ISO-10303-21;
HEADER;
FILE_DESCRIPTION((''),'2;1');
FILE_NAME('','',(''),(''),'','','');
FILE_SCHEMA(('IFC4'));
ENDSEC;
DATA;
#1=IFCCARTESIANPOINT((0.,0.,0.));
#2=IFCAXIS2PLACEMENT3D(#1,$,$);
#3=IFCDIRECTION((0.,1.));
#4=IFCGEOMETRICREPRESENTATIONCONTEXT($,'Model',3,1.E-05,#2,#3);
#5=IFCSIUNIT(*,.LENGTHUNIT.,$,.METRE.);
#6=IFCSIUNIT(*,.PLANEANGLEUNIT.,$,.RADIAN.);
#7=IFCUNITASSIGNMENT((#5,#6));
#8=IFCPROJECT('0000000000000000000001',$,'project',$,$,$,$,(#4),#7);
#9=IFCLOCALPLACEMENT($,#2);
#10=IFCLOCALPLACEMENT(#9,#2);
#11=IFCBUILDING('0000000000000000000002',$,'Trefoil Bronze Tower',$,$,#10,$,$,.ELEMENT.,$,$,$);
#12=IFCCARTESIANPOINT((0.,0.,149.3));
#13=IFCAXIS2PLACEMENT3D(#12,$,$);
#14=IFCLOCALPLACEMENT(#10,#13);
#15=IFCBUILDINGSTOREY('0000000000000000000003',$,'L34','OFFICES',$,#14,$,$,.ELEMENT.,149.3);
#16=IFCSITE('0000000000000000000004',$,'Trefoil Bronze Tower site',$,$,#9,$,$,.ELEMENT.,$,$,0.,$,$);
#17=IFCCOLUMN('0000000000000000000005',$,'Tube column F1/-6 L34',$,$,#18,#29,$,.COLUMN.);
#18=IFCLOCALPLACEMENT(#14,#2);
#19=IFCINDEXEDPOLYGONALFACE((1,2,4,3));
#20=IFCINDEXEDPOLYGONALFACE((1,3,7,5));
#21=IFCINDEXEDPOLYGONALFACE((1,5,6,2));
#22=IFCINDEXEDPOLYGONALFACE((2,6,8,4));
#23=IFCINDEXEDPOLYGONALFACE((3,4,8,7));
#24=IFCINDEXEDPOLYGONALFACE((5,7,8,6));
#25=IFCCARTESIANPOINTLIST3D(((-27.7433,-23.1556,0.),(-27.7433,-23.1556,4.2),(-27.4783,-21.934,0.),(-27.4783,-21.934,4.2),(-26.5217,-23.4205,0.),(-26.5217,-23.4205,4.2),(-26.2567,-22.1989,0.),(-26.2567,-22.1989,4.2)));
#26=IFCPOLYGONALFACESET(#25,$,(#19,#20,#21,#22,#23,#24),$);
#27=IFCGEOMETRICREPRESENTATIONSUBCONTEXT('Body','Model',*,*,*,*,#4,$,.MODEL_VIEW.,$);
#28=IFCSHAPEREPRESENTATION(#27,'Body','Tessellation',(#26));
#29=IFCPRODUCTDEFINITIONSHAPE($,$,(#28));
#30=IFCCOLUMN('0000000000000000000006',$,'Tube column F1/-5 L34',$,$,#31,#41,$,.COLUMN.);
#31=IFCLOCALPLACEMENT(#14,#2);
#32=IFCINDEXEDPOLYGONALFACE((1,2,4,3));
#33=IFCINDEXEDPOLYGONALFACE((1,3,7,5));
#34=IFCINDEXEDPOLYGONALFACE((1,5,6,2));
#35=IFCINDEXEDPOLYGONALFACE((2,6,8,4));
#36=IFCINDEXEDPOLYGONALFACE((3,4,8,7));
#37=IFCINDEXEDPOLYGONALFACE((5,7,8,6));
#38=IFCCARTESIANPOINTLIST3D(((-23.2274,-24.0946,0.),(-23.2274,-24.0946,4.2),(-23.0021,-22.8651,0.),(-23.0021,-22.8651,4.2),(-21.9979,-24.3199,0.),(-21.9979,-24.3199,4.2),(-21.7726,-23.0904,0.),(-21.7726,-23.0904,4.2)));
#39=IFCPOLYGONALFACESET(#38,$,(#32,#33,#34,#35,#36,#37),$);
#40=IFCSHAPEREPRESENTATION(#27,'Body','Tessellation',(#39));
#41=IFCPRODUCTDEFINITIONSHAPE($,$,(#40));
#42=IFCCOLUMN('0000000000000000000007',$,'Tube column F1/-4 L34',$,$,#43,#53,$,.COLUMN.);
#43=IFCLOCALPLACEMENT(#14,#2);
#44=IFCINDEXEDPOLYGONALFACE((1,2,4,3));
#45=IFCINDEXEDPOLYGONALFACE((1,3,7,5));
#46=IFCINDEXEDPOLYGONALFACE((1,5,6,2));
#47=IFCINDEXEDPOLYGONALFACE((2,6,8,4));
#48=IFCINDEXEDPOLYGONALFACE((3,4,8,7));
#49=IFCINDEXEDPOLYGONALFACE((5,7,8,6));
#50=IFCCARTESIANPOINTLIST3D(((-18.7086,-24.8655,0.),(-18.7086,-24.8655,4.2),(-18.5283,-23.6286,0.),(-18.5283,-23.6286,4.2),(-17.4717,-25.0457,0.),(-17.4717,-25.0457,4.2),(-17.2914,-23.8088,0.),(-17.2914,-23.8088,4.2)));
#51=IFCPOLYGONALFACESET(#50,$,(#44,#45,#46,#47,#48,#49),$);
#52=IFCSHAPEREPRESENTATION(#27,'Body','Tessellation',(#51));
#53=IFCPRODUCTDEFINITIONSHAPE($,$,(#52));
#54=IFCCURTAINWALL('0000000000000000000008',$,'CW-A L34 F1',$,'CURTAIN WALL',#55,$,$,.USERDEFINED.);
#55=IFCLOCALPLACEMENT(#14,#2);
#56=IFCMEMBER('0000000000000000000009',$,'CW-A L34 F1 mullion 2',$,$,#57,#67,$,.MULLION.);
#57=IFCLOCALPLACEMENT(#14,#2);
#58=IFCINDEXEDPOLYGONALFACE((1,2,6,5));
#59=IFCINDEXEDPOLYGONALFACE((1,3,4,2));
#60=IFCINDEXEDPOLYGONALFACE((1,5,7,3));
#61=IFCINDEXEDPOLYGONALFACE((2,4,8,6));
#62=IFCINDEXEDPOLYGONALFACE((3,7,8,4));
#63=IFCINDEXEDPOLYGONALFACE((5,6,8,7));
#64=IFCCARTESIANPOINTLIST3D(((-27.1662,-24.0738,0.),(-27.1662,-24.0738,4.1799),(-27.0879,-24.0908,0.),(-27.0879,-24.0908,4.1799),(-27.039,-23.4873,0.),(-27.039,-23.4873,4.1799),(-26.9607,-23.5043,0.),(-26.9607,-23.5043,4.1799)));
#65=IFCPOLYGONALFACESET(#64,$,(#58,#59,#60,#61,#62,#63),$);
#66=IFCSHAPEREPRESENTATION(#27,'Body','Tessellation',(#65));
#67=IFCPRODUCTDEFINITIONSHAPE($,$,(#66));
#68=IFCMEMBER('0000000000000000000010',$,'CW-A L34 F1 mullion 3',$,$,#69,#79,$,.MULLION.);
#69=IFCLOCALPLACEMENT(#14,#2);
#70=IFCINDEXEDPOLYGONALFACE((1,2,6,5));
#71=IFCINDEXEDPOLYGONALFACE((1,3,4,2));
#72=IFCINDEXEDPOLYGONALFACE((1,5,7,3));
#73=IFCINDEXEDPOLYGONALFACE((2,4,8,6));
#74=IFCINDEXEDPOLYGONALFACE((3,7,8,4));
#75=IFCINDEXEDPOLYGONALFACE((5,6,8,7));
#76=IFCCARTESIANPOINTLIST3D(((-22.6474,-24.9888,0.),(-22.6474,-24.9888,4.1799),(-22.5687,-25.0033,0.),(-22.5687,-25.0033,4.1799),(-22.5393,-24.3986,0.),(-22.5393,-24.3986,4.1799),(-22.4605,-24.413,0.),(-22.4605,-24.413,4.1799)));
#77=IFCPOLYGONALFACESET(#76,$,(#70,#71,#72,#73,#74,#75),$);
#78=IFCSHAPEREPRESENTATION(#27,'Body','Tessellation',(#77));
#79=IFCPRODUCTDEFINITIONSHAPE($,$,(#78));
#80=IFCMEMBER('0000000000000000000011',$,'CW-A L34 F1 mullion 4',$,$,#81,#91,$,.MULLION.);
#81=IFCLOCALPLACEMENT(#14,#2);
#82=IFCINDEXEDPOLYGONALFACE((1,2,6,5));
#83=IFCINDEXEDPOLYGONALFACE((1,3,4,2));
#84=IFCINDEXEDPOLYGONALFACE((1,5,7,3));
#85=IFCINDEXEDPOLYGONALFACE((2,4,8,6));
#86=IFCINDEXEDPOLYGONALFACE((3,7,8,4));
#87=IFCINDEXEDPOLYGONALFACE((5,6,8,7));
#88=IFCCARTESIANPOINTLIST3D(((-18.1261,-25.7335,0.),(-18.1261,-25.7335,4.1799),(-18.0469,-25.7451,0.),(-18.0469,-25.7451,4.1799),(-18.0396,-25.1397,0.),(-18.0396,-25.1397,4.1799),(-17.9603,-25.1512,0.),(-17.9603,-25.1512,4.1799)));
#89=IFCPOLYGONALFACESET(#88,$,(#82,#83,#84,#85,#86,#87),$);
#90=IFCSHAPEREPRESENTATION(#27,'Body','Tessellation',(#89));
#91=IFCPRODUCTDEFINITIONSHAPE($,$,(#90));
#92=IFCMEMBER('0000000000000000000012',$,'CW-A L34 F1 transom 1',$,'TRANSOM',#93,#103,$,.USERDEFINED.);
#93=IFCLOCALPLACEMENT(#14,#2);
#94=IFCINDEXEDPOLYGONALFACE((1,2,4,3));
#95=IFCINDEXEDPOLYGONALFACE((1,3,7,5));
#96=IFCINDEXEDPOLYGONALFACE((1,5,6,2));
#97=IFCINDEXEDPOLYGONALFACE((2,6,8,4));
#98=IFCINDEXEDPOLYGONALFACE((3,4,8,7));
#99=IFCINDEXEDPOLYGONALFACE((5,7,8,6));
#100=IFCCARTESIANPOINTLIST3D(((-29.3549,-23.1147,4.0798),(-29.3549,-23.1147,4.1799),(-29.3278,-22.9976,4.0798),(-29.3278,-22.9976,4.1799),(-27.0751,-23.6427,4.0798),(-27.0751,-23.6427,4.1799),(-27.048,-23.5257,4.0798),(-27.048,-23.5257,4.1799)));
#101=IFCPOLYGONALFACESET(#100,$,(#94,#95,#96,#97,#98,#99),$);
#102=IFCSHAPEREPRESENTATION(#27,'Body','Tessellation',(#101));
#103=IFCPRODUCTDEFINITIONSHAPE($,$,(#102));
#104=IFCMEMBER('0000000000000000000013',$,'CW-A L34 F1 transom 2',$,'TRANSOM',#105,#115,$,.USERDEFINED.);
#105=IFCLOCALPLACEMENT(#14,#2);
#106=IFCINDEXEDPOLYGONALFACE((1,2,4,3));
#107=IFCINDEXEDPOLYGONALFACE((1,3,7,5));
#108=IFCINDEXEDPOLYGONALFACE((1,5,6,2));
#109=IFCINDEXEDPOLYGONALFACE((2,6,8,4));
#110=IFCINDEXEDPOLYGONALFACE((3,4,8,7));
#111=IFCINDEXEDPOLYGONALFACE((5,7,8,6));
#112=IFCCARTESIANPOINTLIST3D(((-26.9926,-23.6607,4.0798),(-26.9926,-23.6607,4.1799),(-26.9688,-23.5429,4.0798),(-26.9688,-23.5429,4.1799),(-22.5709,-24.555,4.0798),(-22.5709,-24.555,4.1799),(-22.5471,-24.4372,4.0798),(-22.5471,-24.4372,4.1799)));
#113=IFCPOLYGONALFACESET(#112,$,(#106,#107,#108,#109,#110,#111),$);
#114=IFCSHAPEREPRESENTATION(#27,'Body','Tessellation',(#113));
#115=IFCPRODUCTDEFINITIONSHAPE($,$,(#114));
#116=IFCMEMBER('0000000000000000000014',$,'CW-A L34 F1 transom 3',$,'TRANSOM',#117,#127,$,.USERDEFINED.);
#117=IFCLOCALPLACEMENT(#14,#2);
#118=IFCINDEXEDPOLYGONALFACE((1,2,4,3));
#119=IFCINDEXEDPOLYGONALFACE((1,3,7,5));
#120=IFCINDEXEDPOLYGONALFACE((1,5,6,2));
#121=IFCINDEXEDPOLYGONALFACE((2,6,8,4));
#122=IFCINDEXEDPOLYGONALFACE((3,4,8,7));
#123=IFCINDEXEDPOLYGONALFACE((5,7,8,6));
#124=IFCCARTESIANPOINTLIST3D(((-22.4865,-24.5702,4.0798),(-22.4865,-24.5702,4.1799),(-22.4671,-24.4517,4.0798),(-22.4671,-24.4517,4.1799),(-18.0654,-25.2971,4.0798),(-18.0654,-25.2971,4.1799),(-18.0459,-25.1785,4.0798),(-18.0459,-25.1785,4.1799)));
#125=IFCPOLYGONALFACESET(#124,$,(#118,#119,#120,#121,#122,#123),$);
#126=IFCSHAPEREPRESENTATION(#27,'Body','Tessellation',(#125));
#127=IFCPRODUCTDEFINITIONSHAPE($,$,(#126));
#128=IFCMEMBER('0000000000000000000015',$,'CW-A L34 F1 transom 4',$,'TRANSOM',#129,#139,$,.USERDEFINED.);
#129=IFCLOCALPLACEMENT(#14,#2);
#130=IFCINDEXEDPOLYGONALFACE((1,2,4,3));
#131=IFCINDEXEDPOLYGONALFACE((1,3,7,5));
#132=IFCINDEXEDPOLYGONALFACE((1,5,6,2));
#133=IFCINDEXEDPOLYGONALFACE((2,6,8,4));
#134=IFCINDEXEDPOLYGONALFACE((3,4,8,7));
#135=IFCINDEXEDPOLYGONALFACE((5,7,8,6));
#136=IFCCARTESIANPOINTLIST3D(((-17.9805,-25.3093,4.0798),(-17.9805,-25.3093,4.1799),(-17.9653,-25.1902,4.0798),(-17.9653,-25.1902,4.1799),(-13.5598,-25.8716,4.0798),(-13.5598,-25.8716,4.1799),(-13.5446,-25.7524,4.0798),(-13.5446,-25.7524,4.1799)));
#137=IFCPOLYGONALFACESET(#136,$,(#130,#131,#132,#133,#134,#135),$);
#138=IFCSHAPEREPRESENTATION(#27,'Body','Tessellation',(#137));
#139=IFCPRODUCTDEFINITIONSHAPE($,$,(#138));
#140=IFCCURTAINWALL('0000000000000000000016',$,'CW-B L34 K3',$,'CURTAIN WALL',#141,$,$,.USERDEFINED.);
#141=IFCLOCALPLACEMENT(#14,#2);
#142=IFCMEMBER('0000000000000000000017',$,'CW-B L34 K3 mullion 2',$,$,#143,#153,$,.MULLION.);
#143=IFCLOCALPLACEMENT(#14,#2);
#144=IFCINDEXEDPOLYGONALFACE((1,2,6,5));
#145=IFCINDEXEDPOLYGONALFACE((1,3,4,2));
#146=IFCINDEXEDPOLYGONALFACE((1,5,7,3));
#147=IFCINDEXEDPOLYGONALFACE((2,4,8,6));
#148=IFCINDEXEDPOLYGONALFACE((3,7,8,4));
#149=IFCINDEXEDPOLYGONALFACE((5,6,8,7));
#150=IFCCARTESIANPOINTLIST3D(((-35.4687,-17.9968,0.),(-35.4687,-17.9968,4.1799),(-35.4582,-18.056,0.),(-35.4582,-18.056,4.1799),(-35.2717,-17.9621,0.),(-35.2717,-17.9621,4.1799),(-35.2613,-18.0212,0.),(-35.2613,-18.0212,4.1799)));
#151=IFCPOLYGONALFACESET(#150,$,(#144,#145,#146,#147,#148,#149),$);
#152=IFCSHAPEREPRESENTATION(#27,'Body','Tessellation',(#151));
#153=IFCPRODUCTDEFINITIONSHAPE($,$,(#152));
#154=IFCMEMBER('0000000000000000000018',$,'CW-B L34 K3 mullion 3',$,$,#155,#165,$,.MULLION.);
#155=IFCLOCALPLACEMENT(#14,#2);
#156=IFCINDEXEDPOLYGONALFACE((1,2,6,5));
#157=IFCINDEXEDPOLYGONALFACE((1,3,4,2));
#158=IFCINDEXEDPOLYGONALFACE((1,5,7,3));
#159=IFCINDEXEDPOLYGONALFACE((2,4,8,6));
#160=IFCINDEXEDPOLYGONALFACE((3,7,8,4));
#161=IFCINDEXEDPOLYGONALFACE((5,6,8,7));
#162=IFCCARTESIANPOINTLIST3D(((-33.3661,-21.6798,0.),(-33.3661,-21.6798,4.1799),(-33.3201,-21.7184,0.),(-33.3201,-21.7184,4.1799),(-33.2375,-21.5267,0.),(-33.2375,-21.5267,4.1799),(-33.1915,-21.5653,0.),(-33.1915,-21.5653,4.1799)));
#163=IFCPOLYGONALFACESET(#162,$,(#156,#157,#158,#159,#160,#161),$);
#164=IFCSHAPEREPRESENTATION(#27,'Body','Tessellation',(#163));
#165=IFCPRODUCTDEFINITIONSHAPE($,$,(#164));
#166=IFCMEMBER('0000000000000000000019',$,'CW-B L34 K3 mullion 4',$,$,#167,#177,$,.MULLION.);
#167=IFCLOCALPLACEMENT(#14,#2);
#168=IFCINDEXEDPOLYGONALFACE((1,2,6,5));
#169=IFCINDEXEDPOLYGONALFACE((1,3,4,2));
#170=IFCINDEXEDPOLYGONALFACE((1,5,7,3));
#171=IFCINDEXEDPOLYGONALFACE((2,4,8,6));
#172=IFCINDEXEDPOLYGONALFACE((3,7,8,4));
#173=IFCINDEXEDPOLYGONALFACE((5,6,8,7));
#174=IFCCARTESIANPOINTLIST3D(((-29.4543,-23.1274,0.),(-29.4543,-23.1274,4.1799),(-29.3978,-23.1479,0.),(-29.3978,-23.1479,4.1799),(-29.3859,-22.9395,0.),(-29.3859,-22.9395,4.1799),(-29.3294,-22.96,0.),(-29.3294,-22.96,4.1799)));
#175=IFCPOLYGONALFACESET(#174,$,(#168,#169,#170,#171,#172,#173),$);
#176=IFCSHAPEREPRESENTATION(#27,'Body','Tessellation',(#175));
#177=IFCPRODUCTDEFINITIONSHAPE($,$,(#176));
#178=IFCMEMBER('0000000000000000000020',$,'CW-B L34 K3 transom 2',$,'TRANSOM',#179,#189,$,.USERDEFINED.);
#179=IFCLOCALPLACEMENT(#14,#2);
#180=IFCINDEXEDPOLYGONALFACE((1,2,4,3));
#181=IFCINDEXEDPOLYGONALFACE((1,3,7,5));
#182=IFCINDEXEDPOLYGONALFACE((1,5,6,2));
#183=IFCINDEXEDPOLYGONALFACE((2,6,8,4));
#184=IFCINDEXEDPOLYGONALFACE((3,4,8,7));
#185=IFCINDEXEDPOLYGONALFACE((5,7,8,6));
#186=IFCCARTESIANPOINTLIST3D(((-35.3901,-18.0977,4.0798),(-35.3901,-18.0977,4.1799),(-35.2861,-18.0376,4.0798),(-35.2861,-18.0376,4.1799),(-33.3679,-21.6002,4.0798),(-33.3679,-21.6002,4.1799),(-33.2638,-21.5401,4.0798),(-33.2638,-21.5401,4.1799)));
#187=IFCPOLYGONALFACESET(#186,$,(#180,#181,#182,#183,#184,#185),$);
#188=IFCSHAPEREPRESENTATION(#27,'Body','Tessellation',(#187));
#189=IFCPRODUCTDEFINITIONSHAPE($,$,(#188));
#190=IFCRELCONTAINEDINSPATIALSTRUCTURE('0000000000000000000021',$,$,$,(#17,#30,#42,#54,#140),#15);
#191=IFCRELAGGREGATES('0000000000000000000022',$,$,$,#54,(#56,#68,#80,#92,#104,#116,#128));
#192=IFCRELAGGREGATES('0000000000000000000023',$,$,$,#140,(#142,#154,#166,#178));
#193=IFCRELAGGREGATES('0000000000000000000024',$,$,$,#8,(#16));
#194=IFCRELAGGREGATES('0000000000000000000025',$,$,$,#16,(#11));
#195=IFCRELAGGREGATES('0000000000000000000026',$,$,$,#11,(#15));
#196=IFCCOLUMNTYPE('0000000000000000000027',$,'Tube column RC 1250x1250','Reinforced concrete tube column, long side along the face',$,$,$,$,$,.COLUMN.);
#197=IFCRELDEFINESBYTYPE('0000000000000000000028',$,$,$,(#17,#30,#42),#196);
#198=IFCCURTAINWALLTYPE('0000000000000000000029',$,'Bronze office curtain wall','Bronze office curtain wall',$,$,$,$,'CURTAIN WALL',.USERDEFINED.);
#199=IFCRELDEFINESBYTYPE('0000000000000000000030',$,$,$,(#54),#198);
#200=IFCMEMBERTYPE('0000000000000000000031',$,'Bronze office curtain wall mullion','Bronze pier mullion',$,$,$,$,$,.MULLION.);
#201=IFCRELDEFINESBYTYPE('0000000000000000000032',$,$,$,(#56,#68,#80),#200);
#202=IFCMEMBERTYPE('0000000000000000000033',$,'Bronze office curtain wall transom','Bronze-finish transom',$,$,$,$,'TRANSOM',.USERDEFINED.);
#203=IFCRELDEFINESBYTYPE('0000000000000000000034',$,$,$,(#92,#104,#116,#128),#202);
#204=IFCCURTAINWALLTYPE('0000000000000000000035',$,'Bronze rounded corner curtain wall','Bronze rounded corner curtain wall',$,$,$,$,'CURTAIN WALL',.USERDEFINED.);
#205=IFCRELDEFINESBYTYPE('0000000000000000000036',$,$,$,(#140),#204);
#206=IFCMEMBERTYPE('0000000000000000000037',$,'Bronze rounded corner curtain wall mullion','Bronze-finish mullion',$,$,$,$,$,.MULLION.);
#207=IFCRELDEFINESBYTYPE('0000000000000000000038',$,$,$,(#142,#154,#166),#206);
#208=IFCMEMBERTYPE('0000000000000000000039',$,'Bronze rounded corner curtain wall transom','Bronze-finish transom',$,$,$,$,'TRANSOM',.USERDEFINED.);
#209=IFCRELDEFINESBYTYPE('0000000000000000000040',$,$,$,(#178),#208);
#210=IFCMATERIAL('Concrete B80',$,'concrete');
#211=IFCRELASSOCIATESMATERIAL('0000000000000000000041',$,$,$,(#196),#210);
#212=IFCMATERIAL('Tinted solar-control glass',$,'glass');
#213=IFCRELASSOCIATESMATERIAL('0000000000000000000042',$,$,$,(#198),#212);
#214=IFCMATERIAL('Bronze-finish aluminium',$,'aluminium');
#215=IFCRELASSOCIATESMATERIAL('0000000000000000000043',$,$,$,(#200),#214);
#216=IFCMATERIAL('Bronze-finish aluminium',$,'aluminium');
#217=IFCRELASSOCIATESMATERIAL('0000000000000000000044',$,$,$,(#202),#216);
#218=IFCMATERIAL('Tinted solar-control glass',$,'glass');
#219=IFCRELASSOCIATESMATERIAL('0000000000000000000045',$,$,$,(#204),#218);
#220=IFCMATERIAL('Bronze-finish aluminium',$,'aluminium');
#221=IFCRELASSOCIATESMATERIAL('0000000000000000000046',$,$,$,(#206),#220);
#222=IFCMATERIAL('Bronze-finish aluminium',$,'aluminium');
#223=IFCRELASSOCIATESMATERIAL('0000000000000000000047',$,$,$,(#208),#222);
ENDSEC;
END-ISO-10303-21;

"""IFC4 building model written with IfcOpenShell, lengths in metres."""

from ifc_helpers import new_model, si_unit, direction, frame, origin, origin_2d, place, context, subcontext, project, spatial, rectangle, extrude, material, material_profile, profile_set, type_object, element, aggregate, save


model = new_model("IFC4")

# Units and contexts
model_context = context("Model", 3, precision=1e-05, world=origin(), true_north=direction((0.0, 1.0)))
body_context = subcontext(model_context, "Body", "Model", "MODEL_VIEW")
ifc_project = project(units=[si_unit("LENGTHUNIT", "METRE"), si_unit("PLANEANGLEUNIT", "RADIAN")], contexts=[model_context])

# Site, building, storey
site_placement = place(None, origin())
site = spatial("IfcSite", under=ifc_project, at=site_placement, Name="Trefoil Bronze Tower site", CompositionType="ELEMENT", RefElevation=0.0)
building_placement = place(site_placement, origin())
building = spatial("IfcBuilding", under=site, at=building_placement, Name="Trefoil Bronze Tower", CompositionType="ELEMENT")
storey_placement = place(building_placement, frame((0.0, 0.0, 149.3)))
storey = spatial("IfcBuildingStorey", under=building, at=storey_placement, Name="L34", Description="OFFICES", CompositionType="ELEMENT", Elevation=149.3)

# Columns
ifc_material_1 = material(Name="Concrete B80", Category="concrete")
ifc_material_profile_1 = material_profile(ifc_material_1, rectangle(XDim=1.25, YDim=1.25, at=origin_2d()), Name="RC 1250x1250")
ifc_profile_set_1 = profile_set([ifc_material_profile_1], Name="Concrete B80")
column_type = type_object("IfcColumnType", Name="Tube column RC 1250x1250", Description="Reinforced concrete tube column, long side along the face", PredefinedType="COLUMN", material=ifc_profile_set_1)
for number, where, z_axis, x_axis, name in (
    (1, (-27.0, -22.6772, 0.0), (0.0, 0.0, 1.0), (0.977276, -0.21197, 0.0), "Tube column F1/-6 L34"),
    (2, (-22.5, -23.5925, 0.0), (0.0, 0.0, 1.0), (0.983623, -0.180241, 0.0), "Tube column F1/-5 L34"),
    (3, (-18.0, -24.3372, 0.0), (0.0, 0.0, 1.0), (0.98955, -0.144192, 0.0), "Tube column F1/-4 L34"),
):
    element("IfcColumn", number, at=place(storey_placement, frame(where, z_axis=z_axis, x_axis=x_axis)), inside=storey, type_object=column_type, Name=name, PredefinedType="COLUMN", context=body_context, shape_type="SweptSolid", body=[
        extrude(rectangle(XDim=1.25, YDim=1.25, at=origin_2d()), origin(), (0.0, 0.0, 1.0), 4.2),
    ])

# Curtain walls, members
ifc_material_2 = material(Name="Tinted solar-control glass", Category="glass")
curtain_wall_type_1 = type_object("IfcCurtainWallType", Name="Bronze office curtain wall", Description="Bronze office curtain wall", ElementType="CURTAIN WALL", PredefinedType="USERDEFINED", material=ifc_material_2)
curtain_wall_1_placement = place(storey_placement, origin())
curtain_wall_1 = element("IfcCurtainWall", 4, at=curtain_wall_1_placement, inside=storey, type_object=curtain_wall_type_1, Name="CW-A L34 F1", ObjectType="CURTAIN WALL", PredefinedType="USERDEFINED")
ifc_material_3 = material(Name="Bronze-finish aluminium", Category="aluminium")
ifc_material_profile_2 = material_profile(ifc_material_3, rectangle(XDim=0.6001, YDim=0.0801, at=origin_2d()), Name="CW-A mullion")
ifc_profile_set_2 = profile_set([ifc_material_profile_2], Name="Bronze-finish aluminium")
member_type_1 = type_object("IfcMemberType", Name="Bronze office curtain wall mullion", Description="Bronze pier mullion", PredefinedType="MULLION", material=ifc_profile_set_2)
member_1_placement = place(storey_placement, frame((-27.0635, -23.7891, 0.0), z_axis=(0.0, 0.0, 1.0), x_axis=(0.21197, 0.977276, 0.0)))
member_1 = element("IfcMember", 5, at=member_1_placement, type_object=member_type_1, Name="CW-A L34 F1 mullion 2", PredefinedType="MULLION", context=body_context, shape_type="SweptSolid", body=[
    extrude(rectangle(XDim=0.6001, YDim=0.0801, at=origin_2d()), origin(), (0.0, 0.0, 1.0), 4.1799),
])
member_2_placement = place(storey_placement, frame((-22.554, -24.7009, 0.0), z_axis=(0.0, 0.0, 1.0), x_axis=(0.180241, 0.983623, 0.0)))
member_2 = element("IfcMember", 6, at=member_2_placement, type_object=member_type_1, Name="CW-A L34 F1 mullion 3", PredefinedType="MULLION", context=body_context, shape_type="SweptSolid", body=[
    extrude(rectangle(XDim=0.6001, YDim=0.0801, at=origin_2d()), origin(), (0.0, 0.0, 1.0), 4.1799),
])
member_3_placement = place(storey_placement, frame((-18.0432, -25.4424, 0.0), z_axis=(0.0, 0.0, 1.0), x_axis=(0.144192, 0.98955, 0.0)))
member_3 = element("IfcMember", 7, at=member_3_placement, type_object=member_type_1, Name="CW-A L34 F1 mullion 4", PredefinedType="MULLION", context=body_context, shape_type="SweptSolid", body=[
    extrude(rectangle(XDim=0.6001, YDim=0.0801, at=origin_2d()), origin(), (0.0, 0.0, 1.0), 4.1799),
])
ifc_material_4 = material(Name="Bronze-finish aluminium", Category="aluminium")
ifc_material_profile_3 = material_profile(ifc_material_4, rectangle(XDim=0.1201, YDim=0.1001, at=origin_2d()), Name="CW-A transom")
ifc_profile_set_3 = profile_set([ifc_material_profile_3], Name="Bronze-finish aluminium")
member_type_2 = type_object("IfcMemberType", Name="Bronze office curtain wall transom", Description="Bronze-finish transom", ElementType="TRANSOM", PredefinedType="USERDEFINED", material=ifc_profile_set_3)
member_4_placement = place(storey_placement, frame((-29.3413, -23.0562, 4.1299), z_axis=(0.974206, -0.225659, 0.0), x_axis=(0.225659, 0.974206, 0.0)))
member_4 = element("IfcMember", 8, at=member_4_placement, type_object=member_type_2, Name="CW-A L34 F1 transom 1", ObjectType="TRANSOM", PredefinedType="USERDEFINED", context=body_context, shape_type="SweptSolid", body=[
    extrude(rectangle(XDim=0.1201, YDim=0.1001, at=origin_2d()), origin(), (0.0, 0.0, 1.0), 2.3401),
])
member_5_placement = place(storey_placement, frame((-26.9807, -23.6018, 4.1299), z_axis=(0.980154, -0.198239, 0.0), x_axis=(0.198239, 0.980154, 0.0)))
member_5 = element("IfcMember", 9, at=member_5_placement, type_object=member_type_2, Name="CW-A L34 F1 transom 2", ObjectType="TRANSOM", PredefinedType="USERDEFINED", context=body_context, shape_type="SweptSolid", body=[
    extrude(rectangle(XDim=0.1201, YDim=0.1001, at=origin_2d()), origin(), (0.0, 0.0, 1.0), 4.5112),
])
member_6_placement = place(storey_placement, frame((-22.4768, -24.511, 4.1299), z_axis=(0.986755, -0.162216, 0.0), x_axis=(0.162216, 0.986755, 0.0)))
member_6 = element("IfcMember", 10, at=member_6_placement, type_object=member_type_2, Name="CW-A L34 F1 transom 3", ObjectType="TRANSOM", PredefinedType="USERDEFINED", context=body_context, shape_type="SweptSolid", body=[
    extrude(rectangle(XDim=0.1201, YDim=0.1001, at=origin_2d()), origin(), (0.0, 0.0, 1.0), 4.4805),
])
member_7_placement = place(storey_placement, frame((-17.9729, -25.2498, 4.1299), z_axis=(0.992008, -0.126172, 0.0), x_axis=(0.126172, 0.992008, 0.0)))
member_7 = element("IfcMember", 11, at=member_7_placement, type_object=member_type_2, Name="CW-A L34 F1 transom 4", ObjectType="TRANSOM", PredefinedType="USERDEFINED", context=body_context, shape_type="SweptSolid", body=[
    extrude(rectangle(XDim=0.1201, YDim=0.1001, at=origin_2d()), origin(), (0.0, 0.0, 1.0), 4.4563),
])
ifc_material_5 = material(Name="Tinted solar-control glass", Category="glass")
curtain_wall_type_2 = type_object("IfcCurtainWallType", Name="Bronze rounded corner curtain wall", Description="Bronze rounded corner curtain wall", ElementType="CURTAIN WALL", PredefinedType="USERDEFINED", material=ifc_material_5)
curtain_wall_2_placement = place(storey_placement, origin())
curtain_wall_2 = element("IfcCurtainWall", 12, at=curtain_wall_2_placement, inside=storey, type_object=curtain_wall_type_2, Name="CW-B L34 K3", ObjectType="CURTAIN WALL", PredefinedType="USERDEFINED")
ifc_material_6 = material(Name="Bronze-finish aluminium", Category="aluminium")
ifc_material_profile_4 = material_profile(ifc_material_6, rectangle(XDim=0.2, YDim=0.0601, at=origin_2d()), Name="CW-B mullion")
ifc_profile_set_4 = profile_set([ifc_material_profile_4], Name="Bronze-finish aluminium")
member_type_3 = type_object("IfcMemberType", Name="Bronze rounded corner curtain wall mullion", Description="Bronze-finish mullion", PredefinedType="MULLION", material=ifc_profile_set_4)
member_8_placement = place(storey_placement, frame((-35.365, -18.009, 0.0), z_axis=(0.0, 0.0, 1.0), x_axis=(0.984808, 0.173648, 0.0)))
member_8 = element("IfcMember", 13, at=member_8_placement, type_object=member_type_3, Name="CW-B L34 K3 mullion 2", PredefinedType="MULLION", context=body_context, shape_type="SweptSolid", body=[
    extrude(rectangle(XDim=0.2, YDim=0.0601, at=origin_2d()), origin(), (0.0, 0.0, 1.0), 4.1799),
])
member_9_placement = place(storey_placement, frame((-33.2788, -21.6226, 0.0), z_axis=(0.0, 0.0, 1.0), x_axis=(0.642788, 0.766044, 0.0)))
member_9 = element("IfcMember", 14, at=member_9_placement, type_object=member_type_3, Name="CW-B L34 K3 mullion 3", PredefinedType="MULLION", context=body_context, shape_type="SweptSolid", body=[
    extrude(rectangle(XDim=0.2, YDim=0.0601, at=origin_2d()), origin(), (0.0, 0.0, 1.0), 4.1799),
])
member_10_placement = place(storey_placement, frame((-29.3918, -23.0437, 0.0), z_axis=(0.0, 0.0, 1.0), x_axis=(0.34202, 0.939693, 0.0)))
member_10 = element("IfcMember", 15, at=member_10_placement, type_object=member_type_3, Name="CW-B L34 K3 mullion 4", PredefinedType="MULLION", context=body_context, shape_type="SweptSolid", body=[
    extrude(rectangle(XDim=0.2, YDim=0.0601, at=origin_2d()), origin(), (0.0, 0.0, 1.0), 4.1799),
])
ifc_material_7 = material(Name="Bronze-finish aluminium", Category="aluminium")
ifc_material_profile_5 = material_profile(ifc_material_7, rectangle(XDim=0.1201, YDim=0.1001, at=origin_2d()), Name="CW-B transom")
ifc_profile_set_5 = profile_set([ifc_material_profile_5], Name="Bronze-finish aluminium")
member_type_4 = type_object("IfcMemberType", Name="Bronze rounded corner curtain wall transom", Description="Bronze-finish transom", ElementType="TRANSOM", PredefinedType="USERDEFINED", material=ifc_profile_set_5)
member_11_placement = place(storey_placement, frame((-35.3381, -18.0676, 4.1299), z_axis=(0.500015, -0.866017, 0.0), x_axis=(0.866017, 0.500015, 0.0)))
member_11 = element("IfcMember", 16, at=member_11_placement, type_object=member_type_4, Name="CW-B L34 K3 transom 2", ObjectType="TRANSOM", PredefinedType="USERDEFINED", context=body_context, shape_type="SweptSolid", body=[
    extrude(rectangle(XDim=0.1201, YDim=0.1001, at=origin_2d()), origin(), (0.0, 0.0, 1.0), 4.0444),
])

aggregate(curtain_wall_1, [member_1, member_2, member_3, member_4, member_5, member_6, member_7])
aggregate(curtain_wall_2, [member_8, member_9, member_10, member_11])

save(model, "model.ifc")
